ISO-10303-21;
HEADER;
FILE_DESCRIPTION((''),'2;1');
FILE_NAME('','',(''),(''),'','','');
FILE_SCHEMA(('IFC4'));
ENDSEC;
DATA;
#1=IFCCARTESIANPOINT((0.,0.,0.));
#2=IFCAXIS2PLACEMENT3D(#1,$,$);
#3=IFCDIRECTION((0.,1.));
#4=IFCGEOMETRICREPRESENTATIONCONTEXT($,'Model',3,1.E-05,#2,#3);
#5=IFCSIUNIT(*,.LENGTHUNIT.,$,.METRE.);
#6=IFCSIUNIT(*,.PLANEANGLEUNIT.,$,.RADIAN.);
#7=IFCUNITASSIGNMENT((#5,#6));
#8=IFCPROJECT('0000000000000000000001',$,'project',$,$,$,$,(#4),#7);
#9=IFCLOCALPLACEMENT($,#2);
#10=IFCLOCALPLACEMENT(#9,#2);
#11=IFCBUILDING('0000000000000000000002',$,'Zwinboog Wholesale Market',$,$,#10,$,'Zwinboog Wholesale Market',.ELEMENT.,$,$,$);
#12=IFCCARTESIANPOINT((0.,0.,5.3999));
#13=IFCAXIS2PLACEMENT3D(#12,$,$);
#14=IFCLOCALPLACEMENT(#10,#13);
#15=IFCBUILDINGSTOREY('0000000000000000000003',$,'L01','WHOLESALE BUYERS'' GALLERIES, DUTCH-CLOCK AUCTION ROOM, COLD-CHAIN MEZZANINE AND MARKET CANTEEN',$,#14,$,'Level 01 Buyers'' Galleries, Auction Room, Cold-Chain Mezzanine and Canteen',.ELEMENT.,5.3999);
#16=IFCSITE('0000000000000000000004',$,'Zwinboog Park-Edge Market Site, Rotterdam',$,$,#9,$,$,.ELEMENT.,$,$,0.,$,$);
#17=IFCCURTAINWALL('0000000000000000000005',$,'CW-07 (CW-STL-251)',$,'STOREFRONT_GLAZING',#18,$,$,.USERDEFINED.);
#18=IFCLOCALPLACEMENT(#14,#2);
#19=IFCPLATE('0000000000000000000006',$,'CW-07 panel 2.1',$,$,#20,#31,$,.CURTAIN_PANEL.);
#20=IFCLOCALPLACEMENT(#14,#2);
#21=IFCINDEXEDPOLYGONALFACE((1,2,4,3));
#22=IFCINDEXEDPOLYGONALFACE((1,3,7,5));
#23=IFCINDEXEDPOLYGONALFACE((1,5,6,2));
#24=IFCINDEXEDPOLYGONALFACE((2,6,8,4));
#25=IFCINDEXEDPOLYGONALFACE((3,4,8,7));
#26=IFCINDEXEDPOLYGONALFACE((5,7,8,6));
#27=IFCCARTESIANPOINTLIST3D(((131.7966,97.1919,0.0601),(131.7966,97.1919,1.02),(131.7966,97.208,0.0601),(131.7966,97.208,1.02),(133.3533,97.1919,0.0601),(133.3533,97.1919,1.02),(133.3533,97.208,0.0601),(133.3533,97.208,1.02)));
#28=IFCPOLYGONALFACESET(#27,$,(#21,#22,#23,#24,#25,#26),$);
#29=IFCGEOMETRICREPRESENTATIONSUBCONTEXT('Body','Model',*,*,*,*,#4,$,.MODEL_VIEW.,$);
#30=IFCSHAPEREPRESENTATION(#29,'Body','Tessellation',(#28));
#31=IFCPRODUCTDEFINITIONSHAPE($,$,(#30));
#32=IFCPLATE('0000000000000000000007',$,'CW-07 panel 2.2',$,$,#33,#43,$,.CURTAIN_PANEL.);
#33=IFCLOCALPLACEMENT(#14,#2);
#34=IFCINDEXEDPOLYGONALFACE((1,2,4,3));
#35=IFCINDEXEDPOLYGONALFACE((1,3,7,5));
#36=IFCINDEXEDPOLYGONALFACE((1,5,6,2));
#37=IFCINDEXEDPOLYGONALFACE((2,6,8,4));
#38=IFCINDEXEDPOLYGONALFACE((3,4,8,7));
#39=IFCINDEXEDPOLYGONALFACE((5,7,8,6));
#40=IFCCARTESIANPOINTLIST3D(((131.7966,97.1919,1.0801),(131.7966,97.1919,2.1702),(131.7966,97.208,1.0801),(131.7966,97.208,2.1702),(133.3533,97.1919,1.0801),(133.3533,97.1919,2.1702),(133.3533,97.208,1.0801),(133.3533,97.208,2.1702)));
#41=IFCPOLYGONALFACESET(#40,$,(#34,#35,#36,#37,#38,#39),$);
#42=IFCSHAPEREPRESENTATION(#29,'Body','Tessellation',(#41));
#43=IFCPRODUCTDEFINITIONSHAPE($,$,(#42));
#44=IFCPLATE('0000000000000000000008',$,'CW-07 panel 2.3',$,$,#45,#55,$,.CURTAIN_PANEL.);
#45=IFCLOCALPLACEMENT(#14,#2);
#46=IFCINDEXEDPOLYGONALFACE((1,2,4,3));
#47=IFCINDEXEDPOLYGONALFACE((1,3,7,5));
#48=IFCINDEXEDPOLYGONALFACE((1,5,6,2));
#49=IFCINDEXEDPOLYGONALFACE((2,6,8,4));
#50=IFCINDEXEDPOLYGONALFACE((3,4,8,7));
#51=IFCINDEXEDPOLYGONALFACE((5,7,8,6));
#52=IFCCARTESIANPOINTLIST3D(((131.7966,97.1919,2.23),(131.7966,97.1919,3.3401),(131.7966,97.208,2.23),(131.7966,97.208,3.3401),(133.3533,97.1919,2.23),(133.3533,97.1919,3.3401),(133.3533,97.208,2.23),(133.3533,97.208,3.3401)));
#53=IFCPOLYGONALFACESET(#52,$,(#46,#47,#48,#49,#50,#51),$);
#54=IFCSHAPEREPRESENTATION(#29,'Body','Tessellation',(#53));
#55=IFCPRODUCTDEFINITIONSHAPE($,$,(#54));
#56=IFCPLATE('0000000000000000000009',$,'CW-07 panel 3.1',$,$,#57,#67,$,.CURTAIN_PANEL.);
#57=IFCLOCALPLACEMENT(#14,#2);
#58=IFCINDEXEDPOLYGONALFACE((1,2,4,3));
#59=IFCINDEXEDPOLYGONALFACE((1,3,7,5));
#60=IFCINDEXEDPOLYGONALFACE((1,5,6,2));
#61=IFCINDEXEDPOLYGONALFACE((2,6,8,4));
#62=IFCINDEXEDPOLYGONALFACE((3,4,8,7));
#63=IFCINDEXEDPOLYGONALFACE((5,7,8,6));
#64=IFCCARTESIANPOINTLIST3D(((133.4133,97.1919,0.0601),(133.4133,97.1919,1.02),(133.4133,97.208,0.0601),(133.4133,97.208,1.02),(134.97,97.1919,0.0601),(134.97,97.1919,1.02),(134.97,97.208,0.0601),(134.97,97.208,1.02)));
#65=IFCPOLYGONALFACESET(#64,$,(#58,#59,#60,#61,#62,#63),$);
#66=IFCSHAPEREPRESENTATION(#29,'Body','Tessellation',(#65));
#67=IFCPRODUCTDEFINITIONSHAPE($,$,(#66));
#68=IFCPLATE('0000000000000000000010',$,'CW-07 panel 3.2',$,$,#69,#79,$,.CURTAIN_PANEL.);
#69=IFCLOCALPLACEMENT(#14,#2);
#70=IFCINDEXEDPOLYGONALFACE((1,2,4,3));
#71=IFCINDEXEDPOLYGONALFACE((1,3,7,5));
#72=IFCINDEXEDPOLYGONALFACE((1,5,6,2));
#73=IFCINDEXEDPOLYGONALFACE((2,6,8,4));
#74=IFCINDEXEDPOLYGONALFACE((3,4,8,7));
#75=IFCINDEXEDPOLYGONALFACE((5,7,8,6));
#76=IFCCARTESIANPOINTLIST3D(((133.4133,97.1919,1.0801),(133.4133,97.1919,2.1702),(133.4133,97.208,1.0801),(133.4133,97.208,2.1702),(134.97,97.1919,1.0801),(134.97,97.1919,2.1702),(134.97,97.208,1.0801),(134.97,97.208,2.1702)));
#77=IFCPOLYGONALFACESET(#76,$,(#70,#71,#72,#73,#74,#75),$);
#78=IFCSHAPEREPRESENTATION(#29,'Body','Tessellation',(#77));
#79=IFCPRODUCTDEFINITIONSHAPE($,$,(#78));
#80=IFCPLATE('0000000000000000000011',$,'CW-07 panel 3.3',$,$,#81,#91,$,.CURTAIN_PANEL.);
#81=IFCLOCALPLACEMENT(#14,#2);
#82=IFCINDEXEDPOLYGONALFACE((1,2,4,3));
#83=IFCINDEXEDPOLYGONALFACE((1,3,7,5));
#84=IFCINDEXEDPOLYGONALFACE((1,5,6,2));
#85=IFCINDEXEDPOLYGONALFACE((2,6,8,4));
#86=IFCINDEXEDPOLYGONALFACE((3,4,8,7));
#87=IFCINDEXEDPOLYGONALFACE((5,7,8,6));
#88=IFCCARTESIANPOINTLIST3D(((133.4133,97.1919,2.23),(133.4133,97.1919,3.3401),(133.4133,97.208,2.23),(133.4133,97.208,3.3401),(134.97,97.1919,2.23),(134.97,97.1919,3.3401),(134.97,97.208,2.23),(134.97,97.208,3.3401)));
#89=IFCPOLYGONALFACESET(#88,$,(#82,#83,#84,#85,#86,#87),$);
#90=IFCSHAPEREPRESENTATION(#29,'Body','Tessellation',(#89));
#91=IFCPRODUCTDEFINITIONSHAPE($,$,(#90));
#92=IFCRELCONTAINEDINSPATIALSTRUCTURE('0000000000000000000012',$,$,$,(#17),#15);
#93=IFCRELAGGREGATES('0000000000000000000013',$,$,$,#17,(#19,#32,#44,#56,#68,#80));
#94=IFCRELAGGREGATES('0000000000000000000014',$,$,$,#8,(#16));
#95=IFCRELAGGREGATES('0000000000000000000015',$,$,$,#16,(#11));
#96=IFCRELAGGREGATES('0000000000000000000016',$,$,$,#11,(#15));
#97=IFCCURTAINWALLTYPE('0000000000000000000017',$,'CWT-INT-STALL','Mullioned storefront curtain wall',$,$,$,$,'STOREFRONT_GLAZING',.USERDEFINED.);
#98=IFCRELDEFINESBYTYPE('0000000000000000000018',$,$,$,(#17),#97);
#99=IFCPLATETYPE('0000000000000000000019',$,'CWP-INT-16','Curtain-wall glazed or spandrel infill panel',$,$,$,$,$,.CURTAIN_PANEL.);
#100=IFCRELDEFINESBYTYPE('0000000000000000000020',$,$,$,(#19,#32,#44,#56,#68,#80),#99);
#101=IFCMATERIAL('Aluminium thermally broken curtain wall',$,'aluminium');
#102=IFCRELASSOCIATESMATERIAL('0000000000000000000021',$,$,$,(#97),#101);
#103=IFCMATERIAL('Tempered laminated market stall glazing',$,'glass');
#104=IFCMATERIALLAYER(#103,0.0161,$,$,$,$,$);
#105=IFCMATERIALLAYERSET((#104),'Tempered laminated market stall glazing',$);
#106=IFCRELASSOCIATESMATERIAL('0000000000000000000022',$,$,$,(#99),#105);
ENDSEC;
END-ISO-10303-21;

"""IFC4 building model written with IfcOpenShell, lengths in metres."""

from ifc_helpers import new_model, si_unit, direction, frame, origin, origin_2d, place, context, subcontext, project, spatial, rectangle, extrude, material, layer, layer_set, type_object, element, aggregate, save


model = new_model("IFC4")

# Units and contexts
model_context = context("Model", 3, precision=1e-05, world=origin(), true_north=direction((0.0, 1.0)))
body_context = subcontext(model_context, "Body", "Model", "MODEL_VIEW")
ifc_project = project(units=[si_unit("LENGTHUNIT", "METRE"), si_unit("PLANEANGLEUNIT", "RADIAN")], contexts=[model_context])

# Site, building, storey
site_placement = place(None, origin())
site = spatial("IfcSite", under=ifc_project, at=site_placement, Name="Zwinboog Park-Edge Market Site, Rotterdam", CompositionType="ELEMENT", RefElevation=0.0)
building_placement = place(site_placement, origin())
building = spatial("IfcBuilding", under=site, at=building_placement, Name="Zwinboog Wholesale Market", LongName="Zwinboog Wholesale Market", CompositionType="ELEMENT")
storey_placement = place(building_placement, frame((0.0, 0.0, 5.3999)))
storey = spatial("IfcBuildingStorey", under=building, at=storey_placement, Name="L01", Description="WHOLESALE BUYERS' GALLERIES, DUTCH-CLOCK AUCTION ROOM, COLD-CHAIN MEZZANINE AND MARKET CANTEEN", LongName="Level 01 Buyers' Galleries, Auction Room, Cold-Chain Mezzanine and Canteen", CompositionType="ELEMENT", Elevation=5.3999)

# Curtain wall, plates
ifc_material_1 = material(Name="Aluminium thermally broken curtain wall", Category="aluminium")
curtain_wall_type = type_object("IfcCurtainWallType", Name="CWT-INT-STALL", Description="Mullioned storefront curtain wall", ElementType="STOREFRONT_GLAZING", PredefinedType="USERDEFINED", material=ifc_material_1)
curtain_wall_placement = place(storey_placement, origin())
curtain_wall = element("IfcCurtainWall", 1, at=curtain_wall_placement, inside=storey, type_object=curtain_wall_type, Name="CW-07 (CW-STL-251)", ObjectType="STOREFRONT_GLAZING", PredefinedType="USERDEFINED")
ifc_material_2 = material(Name="Tempered laminated market stall glazing", Category="glass")
ifc_layer = layer(ifc_material_2, 0.0161)
ifc_layer_set = layer_set([ifc_layer], Name="Tempered laminated market stall glazing")
plate_type = type_object("IfcPlateType", Name="CWP-INT-16", Description="Curtain-wall glazed or spandrel infill panel", PredefinedType="CURTAIN_PANEL", material=ifc_layer_set)
plate_1_placement = place(storey_placement, frame((132.575, 97.2, 0.0601), z_axis=(0.0, 0.0, 1.0), x_axis=(1.0, 0.0, 0.0)))
plate_1 = element("IfcPlate", 2, at=plate_1_placement, type_object=plate_type, Name="CW-07 panel 2.1", PredefinedType="CURTAIN_PANEL", context=body_context, shape_type="SweptSolid", body=[
    extrude(rectangle(XDim=1.5566, YDim=0.0161, at=origin_2d()), origin(), (0.0, 0.0, 1.0), 0.96),
])
plate_2_placement = place(storey_placement, frame((132.575, 97.2, 1.0801), z_axis=(0.0, 0.0, 1.0), x_axis=(1.0, 0.0, 0.0)))
plate_2 = element("IfcPlate", 3, at=plate_2_placement, type_object=plate_type, Name="CW-07 panel 2.2", PredefinedType="CURTAIN_PANEL", context=body_context, shape_type="SweptSolid", body=[
    extrude(rectangle(XDim=1.5566, YDim=0.0161, at=origin_2d()), origin(), (0.0, 0.0, 1.0), 1.0901),
])
plate_3_placement = place(storey_placement, frame((132.575, 97.2, 2.23), z_axis=(0.0, 0.0, 1.0), x_axis=(1.0, 0.0, 0.0)))
plate_3 = element("IfcPlate", 4, at=plate_3_placement, type_object=plate_type, Name="CW-07 panel 2.3", PredefinedType="CURTAIN_PANEL", context=body_context, shape_type="SweptSolid", body=[
    extrude(rectangle(XDim=1.5566, YDim=0.0161, at=origin_2d()), origin(), (0.0, 0.0, 1.0), 1.1101),
])
plate_4_placement = place(storey_placement, frame((134.1917, 97.2, 0.0601), z_axis=(0.0, 0.0, 1.0), x_axis=(1.0, 0.0, 0.0)))
plate_4 = element("IfcPlate", 5, at=plate_4_placement, type_object=plate_type, Name="CW-07 panel 3.1", PredefinedType="CURTAIN_PANEL", context=body_context, shape_type="SweptSolid", body=[
    extrude(rectangle(XDim=1.5566, YDim=0.0161, at=origin_2d()), origin(), (0.0, 0.0, 1.0), 0.96),
])
plate_5_placement = place(storey_placement, frame((134.1917, 97.2, 1.0801), z_axis=(0.0, 0.0, 1.0), x_axis=(1.0, 0.0, 0.0)))
plate_5 = element("IfcPlate", 6, at=plate_5_placement, type_object=plate_type, Name="CW-07 panel 3.2", PredefinedType="CURTAIN_PANEL", context=body_context, shape_type="SweptSolid", body=[
    extrude(rectangle(XDim=1.5566, YDim=0.0161, at=origin_2d()), origin(), (0.0, 0.0, 1.0), 1.0901),
])
plate_6_placement = place(storey_placement, frame((134.1917, 97.2, 2.23), z_axis=(0.0, 0.0, 1.0), x_axis=(1.0, 0.0, 0.0)))
plate_6 = element("IfcPlate", 7, at=plate_6_placement, type_object=plate_type, Name="CW-07 panel 3.3", PredefinedType="CURTAIN_PANEL", context=body_context, shape_type="SweptSolid", body=[
    extrude(rectangle(XDim=1.5566, YDim=0.0161, at=origin_2d()), origin(), (0.0, 0.0, 1.0), 1.1101),
])
aggregate(curtain_wall, [plate_1, plate_2, plate_3, plate_4, plate_5, plate_6])

save(model, "model.ifc")
